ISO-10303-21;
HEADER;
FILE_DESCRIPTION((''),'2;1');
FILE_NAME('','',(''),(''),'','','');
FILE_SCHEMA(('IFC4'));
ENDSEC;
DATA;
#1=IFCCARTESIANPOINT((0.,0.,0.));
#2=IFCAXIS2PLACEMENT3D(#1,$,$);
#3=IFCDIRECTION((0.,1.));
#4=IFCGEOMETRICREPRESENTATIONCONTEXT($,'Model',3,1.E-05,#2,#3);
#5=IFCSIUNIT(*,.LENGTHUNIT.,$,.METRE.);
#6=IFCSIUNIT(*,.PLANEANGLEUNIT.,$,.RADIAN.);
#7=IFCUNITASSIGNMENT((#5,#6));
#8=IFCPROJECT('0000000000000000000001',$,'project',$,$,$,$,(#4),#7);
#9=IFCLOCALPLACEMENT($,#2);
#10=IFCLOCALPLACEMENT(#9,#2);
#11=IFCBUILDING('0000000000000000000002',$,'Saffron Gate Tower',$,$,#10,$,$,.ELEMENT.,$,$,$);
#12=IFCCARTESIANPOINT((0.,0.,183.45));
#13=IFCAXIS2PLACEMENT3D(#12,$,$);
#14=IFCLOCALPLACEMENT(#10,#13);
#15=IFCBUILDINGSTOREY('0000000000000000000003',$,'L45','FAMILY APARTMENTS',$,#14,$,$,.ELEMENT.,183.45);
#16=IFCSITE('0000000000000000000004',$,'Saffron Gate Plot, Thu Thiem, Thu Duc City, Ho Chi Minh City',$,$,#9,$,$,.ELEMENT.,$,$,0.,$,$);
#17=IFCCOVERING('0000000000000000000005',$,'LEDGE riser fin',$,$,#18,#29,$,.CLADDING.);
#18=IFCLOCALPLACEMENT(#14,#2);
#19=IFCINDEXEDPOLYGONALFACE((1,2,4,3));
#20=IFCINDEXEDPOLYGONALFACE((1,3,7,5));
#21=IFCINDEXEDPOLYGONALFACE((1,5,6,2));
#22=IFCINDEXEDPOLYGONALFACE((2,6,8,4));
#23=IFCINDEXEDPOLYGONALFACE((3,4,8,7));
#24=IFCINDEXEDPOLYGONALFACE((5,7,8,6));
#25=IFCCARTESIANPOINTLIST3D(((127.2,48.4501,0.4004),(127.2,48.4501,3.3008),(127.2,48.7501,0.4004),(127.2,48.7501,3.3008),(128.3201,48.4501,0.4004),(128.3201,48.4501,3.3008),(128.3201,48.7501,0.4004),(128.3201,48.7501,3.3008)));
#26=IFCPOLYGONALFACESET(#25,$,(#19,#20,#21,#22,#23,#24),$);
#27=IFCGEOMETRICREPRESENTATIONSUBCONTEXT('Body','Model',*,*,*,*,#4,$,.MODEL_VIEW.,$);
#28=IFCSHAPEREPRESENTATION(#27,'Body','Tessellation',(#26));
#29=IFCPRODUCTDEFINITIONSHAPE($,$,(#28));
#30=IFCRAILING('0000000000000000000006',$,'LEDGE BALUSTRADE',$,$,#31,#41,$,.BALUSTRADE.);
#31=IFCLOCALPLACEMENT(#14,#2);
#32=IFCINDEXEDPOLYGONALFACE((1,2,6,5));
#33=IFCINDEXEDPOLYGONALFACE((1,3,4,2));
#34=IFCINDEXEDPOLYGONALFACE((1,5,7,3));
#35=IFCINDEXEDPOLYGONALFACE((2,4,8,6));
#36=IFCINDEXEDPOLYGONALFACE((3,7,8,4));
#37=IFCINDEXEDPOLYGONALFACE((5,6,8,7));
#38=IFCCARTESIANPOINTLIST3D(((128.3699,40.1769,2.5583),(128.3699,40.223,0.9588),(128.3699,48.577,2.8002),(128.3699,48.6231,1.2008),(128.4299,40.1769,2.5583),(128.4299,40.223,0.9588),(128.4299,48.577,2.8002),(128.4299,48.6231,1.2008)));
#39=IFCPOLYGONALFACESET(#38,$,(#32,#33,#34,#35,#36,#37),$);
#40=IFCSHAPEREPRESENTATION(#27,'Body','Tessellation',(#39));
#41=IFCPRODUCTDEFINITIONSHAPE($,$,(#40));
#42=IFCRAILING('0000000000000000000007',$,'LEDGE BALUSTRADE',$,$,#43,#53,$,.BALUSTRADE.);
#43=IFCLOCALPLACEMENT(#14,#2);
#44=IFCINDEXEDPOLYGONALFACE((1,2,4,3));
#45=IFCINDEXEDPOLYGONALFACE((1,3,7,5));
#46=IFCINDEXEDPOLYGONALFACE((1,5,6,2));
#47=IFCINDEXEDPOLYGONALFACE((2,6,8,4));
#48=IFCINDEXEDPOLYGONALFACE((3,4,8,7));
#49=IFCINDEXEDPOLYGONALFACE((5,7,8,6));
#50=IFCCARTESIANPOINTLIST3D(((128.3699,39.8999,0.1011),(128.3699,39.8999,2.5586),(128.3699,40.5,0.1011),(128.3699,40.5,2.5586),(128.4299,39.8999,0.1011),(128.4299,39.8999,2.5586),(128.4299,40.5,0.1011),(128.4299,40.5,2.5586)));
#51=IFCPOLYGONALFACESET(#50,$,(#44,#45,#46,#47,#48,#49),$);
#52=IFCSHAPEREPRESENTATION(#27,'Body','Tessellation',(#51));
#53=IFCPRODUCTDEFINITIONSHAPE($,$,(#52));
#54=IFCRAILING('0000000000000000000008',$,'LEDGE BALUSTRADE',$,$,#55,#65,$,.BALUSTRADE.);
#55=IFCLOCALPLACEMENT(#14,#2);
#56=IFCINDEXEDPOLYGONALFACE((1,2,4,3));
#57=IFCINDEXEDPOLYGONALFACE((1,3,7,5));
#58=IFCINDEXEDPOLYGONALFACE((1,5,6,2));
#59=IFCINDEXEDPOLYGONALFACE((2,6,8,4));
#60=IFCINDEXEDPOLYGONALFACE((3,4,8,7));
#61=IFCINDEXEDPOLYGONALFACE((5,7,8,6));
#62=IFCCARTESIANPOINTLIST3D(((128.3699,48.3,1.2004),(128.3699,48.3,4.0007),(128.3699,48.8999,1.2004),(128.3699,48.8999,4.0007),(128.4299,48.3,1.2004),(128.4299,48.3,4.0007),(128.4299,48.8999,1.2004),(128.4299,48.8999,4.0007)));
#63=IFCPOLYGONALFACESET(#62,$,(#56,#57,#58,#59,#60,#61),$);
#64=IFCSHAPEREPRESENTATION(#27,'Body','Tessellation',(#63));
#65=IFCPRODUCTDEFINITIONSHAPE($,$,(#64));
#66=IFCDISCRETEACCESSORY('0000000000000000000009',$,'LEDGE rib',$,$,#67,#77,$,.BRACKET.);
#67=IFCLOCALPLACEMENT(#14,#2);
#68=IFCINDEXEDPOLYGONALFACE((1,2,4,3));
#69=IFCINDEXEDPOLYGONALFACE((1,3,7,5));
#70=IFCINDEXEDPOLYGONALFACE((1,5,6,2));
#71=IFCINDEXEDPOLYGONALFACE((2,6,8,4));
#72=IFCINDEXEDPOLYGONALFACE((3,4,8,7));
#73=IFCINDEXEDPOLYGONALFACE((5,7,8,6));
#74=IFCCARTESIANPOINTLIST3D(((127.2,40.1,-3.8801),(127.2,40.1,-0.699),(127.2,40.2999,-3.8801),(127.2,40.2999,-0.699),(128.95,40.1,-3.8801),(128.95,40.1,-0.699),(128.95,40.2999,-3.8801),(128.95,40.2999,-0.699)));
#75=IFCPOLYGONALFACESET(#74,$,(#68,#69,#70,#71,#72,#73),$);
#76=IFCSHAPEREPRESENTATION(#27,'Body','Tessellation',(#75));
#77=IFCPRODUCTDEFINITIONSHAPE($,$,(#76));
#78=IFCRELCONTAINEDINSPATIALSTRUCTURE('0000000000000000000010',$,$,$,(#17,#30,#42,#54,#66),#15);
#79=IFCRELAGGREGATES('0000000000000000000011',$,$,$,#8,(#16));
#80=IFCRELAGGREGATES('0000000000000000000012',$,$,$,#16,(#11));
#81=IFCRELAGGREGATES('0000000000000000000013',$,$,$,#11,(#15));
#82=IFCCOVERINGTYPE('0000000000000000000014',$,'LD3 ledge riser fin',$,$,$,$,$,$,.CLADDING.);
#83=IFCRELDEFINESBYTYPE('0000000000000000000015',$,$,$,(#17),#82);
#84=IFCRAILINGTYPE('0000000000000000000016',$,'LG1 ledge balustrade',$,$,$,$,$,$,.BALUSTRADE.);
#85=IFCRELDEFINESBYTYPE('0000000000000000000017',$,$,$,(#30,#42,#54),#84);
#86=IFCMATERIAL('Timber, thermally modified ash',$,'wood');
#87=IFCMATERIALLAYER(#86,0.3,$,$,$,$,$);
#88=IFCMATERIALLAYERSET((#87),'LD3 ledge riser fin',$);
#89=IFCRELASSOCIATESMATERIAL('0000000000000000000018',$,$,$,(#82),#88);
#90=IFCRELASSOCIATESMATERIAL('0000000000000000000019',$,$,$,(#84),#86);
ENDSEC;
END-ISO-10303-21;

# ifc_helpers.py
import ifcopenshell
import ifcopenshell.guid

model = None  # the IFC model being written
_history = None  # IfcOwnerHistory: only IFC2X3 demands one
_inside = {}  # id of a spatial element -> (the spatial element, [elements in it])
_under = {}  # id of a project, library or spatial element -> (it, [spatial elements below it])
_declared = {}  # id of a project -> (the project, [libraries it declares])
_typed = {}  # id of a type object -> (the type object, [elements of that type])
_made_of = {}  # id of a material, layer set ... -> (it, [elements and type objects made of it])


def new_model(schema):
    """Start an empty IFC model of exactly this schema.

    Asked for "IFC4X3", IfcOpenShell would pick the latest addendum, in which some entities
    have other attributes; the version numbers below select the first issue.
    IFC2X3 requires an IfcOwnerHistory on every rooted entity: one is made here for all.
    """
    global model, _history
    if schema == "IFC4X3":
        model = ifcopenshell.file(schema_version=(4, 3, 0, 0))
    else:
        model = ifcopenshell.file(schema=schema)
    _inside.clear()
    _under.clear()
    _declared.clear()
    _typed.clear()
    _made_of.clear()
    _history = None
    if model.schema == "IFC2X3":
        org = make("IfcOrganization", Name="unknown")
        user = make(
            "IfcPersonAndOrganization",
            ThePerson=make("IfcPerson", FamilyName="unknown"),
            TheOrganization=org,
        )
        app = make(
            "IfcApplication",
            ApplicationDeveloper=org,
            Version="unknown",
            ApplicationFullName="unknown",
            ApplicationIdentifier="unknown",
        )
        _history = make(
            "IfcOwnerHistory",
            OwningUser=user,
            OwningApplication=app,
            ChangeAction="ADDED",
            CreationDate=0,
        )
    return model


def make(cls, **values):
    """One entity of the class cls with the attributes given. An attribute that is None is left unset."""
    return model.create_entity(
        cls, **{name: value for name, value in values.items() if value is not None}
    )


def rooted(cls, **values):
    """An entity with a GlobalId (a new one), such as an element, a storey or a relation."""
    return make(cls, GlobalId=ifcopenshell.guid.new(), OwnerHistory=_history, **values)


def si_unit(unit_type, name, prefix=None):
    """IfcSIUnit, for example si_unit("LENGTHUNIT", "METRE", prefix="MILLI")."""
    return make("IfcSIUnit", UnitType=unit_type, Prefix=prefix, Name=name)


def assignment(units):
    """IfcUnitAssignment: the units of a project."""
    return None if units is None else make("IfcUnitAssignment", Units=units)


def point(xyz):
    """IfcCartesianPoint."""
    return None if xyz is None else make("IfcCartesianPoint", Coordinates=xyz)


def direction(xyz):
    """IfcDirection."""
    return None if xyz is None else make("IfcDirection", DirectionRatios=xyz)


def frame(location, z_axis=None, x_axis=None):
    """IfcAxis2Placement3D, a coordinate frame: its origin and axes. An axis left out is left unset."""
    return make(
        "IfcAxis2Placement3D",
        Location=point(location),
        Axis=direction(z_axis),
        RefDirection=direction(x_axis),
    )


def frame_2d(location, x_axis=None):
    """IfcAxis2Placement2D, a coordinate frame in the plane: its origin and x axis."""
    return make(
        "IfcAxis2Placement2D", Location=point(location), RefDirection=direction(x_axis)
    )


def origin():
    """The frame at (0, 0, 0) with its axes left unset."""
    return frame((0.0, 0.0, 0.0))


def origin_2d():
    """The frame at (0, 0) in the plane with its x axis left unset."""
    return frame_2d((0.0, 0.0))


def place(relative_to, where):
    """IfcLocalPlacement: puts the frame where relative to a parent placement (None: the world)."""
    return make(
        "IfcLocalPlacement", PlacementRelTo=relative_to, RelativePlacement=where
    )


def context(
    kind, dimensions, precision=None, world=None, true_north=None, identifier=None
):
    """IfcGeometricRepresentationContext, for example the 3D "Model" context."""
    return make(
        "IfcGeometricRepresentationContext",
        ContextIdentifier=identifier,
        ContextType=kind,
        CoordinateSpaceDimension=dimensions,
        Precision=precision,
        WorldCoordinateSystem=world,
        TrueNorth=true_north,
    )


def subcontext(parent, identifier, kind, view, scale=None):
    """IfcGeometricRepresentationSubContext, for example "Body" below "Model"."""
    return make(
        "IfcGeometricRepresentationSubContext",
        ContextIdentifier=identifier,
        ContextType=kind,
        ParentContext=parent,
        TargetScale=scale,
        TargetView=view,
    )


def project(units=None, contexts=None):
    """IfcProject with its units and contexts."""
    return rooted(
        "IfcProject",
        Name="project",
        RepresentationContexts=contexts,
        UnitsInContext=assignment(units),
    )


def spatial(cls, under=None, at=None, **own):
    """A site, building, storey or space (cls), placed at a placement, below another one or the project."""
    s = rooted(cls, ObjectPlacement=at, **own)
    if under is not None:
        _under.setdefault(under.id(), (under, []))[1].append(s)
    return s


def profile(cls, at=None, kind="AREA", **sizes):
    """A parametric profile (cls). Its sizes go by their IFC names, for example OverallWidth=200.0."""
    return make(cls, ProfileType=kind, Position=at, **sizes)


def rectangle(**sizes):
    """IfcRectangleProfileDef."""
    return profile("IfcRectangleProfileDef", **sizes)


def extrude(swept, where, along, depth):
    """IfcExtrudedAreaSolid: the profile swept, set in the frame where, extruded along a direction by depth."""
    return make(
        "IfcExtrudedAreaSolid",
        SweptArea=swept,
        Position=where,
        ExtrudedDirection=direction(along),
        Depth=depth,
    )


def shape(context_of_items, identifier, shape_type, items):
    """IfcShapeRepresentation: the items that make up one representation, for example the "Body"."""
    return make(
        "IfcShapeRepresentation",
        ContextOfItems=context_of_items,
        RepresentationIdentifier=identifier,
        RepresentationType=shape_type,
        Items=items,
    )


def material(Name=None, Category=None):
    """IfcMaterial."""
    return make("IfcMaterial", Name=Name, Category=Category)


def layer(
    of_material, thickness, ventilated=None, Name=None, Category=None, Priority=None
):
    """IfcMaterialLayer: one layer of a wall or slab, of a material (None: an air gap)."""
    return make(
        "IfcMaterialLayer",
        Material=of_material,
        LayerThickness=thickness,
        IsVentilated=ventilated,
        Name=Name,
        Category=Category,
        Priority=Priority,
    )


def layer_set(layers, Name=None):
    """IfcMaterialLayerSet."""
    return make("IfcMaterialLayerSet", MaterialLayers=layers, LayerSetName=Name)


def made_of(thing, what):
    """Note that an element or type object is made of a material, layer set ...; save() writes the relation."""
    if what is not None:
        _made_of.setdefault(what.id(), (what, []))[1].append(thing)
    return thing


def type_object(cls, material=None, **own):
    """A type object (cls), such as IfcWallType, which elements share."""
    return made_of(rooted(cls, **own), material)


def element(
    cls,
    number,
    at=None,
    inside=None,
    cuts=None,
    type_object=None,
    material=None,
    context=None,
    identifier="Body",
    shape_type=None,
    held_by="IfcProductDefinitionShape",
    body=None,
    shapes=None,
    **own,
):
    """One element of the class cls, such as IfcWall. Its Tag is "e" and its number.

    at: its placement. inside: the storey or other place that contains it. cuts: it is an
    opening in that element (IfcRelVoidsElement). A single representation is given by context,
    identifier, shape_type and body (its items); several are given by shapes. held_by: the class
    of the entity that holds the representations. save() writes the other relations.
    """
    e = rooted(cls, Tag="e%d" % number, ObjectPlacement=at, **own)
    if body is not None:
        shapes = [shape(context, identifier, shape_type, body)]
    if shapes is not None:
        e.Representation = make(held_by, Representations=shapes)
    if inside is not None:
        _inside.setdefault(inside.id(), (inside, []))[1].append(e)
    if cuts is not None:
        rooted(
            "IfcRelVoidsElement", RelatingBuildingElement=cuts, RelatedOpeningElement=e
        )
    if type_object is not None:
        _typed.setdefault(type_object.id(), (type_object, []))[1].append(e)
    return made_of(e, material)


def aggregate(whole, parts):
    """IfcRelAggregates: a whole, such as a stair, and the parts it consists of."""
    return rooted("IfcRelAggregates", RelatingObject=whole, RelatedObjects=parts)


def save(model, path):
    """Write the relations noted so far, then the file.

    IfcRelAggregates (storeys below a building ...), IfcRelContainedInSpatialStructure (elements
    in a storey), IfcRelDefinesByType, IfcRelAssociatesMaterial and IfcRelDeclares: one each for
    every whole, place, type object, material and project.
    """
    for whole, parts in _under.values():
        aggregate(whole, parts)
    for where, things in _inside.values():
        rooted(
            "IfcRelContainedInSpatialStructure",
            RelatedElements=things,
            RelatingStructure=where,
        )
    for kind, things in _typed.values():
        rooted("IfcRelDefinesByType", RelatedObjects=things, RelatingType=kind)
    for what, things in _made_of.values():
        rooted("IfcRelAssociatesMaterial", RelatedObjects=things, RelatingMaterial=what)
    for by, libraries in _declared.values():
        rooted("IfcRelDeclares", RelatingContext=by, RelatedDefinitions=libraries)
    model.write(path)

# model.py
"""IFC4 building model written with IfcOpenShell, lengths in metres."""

from ifc_helpers import new_model, si_unit, direction, frame, origin, origin_2d, place, context, subcontext, project, spatial, rectangle, extrude, material, layer, layer_set, type_object, element, save


model = new_model("IFC4")

# Units and contexts
model_context = context("Model", 3, precision=1e-05, world=origin(), true_north=direction((0.0, 1.0)))
body_context = subcontext(model_context, "Body", "Model", "MODEL_VIEW")
ifc_project = project(units=[si_unit("LENGTHUNIT", "METRE"), si_unit("PLANEANGLEUNIT", "RADIAN")], contexts=[model_context])

# Site, building, storey
site_placement = place(None, origin())
site = spatial("IfcSite", under=ifc_project, at=site_placement, Name="Saffron Gate Plot, Thu Thiem, Thu Duc City, Ho Chi Minh City", CompositionType="ELEMENT", RefElevation=0.0)
building_placement = place(site_placement, origin())
building = spatial("IfcBuilding", under=site, at=building_placement, Name="Saffron Gate Tower", CompositionType="ELEMENT")
storey_placement = place(building_placement, frame((0.0, 0.0, 183.45)))
storey = spatial("IfcBuildingStorey", under=building, at=storey_placement, Name="L45", Description="FAMILY APARTMENTS", CompositionType="ELEMENT", Elevation=183.45)

# Covering
ifc_material_1 = material(Name="Timber, thermally modified ash", Category="wood")
ifc_layer_1 = layer(ifc_material_1, 0.3)
ifc_layer_set_1 = layer_set([ifc_layer_1], Name="LD3 ledge riser fin")
covering_type_1 = type_object("IfcCoveringType", Name="LD3 ledge riser fin", PredefinedType="CLADDING", material=ifc_layer_set_1)
covering_1_placement = place(storey_placement, frame((127.76, 48.6001, 0.4004), z_axis=(0.0, 0.0, 1.0), x_axis=(0.0, 1.0, 0.0)))
element("IfcCovering", 1, at=covering_1_placement, inside=storey, type_object=covering_type_1, Name="LEDGE riser fin", PredefinedType="CLADDING", context=body_context, shape_type="SweptSolid", body=[
    extrude(rectangle(XDim=0.3, YDim=1.1201, at=origin_2d()), origin(), (0.0, 0.0, 1.0), 2.9004),
])

# Railings
railing_type = type_object("IfcRailingType", Name="LG1 ledge balustrade", PredefinedType="BALUSTRADE", material=ifc_material_1)
railing_1_placement = place(storey_placement, frame((128.3999, 40.2, 0.9585)))
element("IfcRailing", 2, at=railing_1_placement, inside=storey, type_object=railing_type, Name="LEDGE BALUSTRADE", PredefinedType="BALUSTRADE", context=body_context, shape_type="SweptSolid", body=[
    extrude(rectangle(XDim=0.0601, YDim=1.6001, at=origin_2d()), frame((0.0, 0.0, 0.8), z_axis=(0.0, 0.999585, 0.02879), x_axis=(-1.0, 0.0, 0.0)), (0.0, 0.0, 1.0), 8.4036),
])
railing_2_placement = place(storey_placement, frame((128.3999, 39.8999, 0.1011)))
element("IfcRailing", 3, at=railing_2_placement, inside=storey, type_object=railing_type, Name="LEDGE BALUSTRADE", PredefinedType="BALUSTRADE", context=body_context, shape_type="SweptSolid", body=[
    extrude(rectangle(XDim=0.0601, YDim=2.4575, at=origin_2d()), frame((0.0, 0.0, 1.2288), z_axis=(0.0, 1.0, 0.0), x_axis=(-1.0, 0.0, 0.0)), (0.0, 0.0, 1.0), 0.6001),
])
railing_3_placement = place(storey_placement, frame((128.3999, 48.3, 1.2004)))
element("IfcRailing", 4, at=railing_3_placement, inside=storey, type_object=railing_type, Name="LEDGE BALUSTRADE", PredefinedType="BALUSTRADE", context=body_context, shape_type="SweptSolid", body=[
    extrude(rectangle(XDim=0.0601, YDim=2.8003, at=origin_2d()), frame((0.0, 0.0, 1.4001), z_axis=(0.0, 1.0, 0.0), x_axis=(-1.0, 0.0, 0.0)), (0.0, 0.0, 1.0), 0.5999),
])

# Discrete accessory
discrete_accessory_placement = place(storey_placement, frame((128.075, 40.2, -3.8801), z_axis=(0.0, 0.0, 1.0), x_axis=(0.0, 1.0, 0.0)))
element("IfcDiscreteAccessory", 5, at=discrete_accessory_placement, inside=storey, Name="LEDGE rib", PredefinedType="BRACKET", context=body_context, shape_type="SweptSolid", body=[
    extrude(rectangle(XDim=0.2, YDim=1.75, at=origin_2d()), origin(), (0.0, 0.0, 1.0), 3.1812),
])

save(model, "model.ifc")
